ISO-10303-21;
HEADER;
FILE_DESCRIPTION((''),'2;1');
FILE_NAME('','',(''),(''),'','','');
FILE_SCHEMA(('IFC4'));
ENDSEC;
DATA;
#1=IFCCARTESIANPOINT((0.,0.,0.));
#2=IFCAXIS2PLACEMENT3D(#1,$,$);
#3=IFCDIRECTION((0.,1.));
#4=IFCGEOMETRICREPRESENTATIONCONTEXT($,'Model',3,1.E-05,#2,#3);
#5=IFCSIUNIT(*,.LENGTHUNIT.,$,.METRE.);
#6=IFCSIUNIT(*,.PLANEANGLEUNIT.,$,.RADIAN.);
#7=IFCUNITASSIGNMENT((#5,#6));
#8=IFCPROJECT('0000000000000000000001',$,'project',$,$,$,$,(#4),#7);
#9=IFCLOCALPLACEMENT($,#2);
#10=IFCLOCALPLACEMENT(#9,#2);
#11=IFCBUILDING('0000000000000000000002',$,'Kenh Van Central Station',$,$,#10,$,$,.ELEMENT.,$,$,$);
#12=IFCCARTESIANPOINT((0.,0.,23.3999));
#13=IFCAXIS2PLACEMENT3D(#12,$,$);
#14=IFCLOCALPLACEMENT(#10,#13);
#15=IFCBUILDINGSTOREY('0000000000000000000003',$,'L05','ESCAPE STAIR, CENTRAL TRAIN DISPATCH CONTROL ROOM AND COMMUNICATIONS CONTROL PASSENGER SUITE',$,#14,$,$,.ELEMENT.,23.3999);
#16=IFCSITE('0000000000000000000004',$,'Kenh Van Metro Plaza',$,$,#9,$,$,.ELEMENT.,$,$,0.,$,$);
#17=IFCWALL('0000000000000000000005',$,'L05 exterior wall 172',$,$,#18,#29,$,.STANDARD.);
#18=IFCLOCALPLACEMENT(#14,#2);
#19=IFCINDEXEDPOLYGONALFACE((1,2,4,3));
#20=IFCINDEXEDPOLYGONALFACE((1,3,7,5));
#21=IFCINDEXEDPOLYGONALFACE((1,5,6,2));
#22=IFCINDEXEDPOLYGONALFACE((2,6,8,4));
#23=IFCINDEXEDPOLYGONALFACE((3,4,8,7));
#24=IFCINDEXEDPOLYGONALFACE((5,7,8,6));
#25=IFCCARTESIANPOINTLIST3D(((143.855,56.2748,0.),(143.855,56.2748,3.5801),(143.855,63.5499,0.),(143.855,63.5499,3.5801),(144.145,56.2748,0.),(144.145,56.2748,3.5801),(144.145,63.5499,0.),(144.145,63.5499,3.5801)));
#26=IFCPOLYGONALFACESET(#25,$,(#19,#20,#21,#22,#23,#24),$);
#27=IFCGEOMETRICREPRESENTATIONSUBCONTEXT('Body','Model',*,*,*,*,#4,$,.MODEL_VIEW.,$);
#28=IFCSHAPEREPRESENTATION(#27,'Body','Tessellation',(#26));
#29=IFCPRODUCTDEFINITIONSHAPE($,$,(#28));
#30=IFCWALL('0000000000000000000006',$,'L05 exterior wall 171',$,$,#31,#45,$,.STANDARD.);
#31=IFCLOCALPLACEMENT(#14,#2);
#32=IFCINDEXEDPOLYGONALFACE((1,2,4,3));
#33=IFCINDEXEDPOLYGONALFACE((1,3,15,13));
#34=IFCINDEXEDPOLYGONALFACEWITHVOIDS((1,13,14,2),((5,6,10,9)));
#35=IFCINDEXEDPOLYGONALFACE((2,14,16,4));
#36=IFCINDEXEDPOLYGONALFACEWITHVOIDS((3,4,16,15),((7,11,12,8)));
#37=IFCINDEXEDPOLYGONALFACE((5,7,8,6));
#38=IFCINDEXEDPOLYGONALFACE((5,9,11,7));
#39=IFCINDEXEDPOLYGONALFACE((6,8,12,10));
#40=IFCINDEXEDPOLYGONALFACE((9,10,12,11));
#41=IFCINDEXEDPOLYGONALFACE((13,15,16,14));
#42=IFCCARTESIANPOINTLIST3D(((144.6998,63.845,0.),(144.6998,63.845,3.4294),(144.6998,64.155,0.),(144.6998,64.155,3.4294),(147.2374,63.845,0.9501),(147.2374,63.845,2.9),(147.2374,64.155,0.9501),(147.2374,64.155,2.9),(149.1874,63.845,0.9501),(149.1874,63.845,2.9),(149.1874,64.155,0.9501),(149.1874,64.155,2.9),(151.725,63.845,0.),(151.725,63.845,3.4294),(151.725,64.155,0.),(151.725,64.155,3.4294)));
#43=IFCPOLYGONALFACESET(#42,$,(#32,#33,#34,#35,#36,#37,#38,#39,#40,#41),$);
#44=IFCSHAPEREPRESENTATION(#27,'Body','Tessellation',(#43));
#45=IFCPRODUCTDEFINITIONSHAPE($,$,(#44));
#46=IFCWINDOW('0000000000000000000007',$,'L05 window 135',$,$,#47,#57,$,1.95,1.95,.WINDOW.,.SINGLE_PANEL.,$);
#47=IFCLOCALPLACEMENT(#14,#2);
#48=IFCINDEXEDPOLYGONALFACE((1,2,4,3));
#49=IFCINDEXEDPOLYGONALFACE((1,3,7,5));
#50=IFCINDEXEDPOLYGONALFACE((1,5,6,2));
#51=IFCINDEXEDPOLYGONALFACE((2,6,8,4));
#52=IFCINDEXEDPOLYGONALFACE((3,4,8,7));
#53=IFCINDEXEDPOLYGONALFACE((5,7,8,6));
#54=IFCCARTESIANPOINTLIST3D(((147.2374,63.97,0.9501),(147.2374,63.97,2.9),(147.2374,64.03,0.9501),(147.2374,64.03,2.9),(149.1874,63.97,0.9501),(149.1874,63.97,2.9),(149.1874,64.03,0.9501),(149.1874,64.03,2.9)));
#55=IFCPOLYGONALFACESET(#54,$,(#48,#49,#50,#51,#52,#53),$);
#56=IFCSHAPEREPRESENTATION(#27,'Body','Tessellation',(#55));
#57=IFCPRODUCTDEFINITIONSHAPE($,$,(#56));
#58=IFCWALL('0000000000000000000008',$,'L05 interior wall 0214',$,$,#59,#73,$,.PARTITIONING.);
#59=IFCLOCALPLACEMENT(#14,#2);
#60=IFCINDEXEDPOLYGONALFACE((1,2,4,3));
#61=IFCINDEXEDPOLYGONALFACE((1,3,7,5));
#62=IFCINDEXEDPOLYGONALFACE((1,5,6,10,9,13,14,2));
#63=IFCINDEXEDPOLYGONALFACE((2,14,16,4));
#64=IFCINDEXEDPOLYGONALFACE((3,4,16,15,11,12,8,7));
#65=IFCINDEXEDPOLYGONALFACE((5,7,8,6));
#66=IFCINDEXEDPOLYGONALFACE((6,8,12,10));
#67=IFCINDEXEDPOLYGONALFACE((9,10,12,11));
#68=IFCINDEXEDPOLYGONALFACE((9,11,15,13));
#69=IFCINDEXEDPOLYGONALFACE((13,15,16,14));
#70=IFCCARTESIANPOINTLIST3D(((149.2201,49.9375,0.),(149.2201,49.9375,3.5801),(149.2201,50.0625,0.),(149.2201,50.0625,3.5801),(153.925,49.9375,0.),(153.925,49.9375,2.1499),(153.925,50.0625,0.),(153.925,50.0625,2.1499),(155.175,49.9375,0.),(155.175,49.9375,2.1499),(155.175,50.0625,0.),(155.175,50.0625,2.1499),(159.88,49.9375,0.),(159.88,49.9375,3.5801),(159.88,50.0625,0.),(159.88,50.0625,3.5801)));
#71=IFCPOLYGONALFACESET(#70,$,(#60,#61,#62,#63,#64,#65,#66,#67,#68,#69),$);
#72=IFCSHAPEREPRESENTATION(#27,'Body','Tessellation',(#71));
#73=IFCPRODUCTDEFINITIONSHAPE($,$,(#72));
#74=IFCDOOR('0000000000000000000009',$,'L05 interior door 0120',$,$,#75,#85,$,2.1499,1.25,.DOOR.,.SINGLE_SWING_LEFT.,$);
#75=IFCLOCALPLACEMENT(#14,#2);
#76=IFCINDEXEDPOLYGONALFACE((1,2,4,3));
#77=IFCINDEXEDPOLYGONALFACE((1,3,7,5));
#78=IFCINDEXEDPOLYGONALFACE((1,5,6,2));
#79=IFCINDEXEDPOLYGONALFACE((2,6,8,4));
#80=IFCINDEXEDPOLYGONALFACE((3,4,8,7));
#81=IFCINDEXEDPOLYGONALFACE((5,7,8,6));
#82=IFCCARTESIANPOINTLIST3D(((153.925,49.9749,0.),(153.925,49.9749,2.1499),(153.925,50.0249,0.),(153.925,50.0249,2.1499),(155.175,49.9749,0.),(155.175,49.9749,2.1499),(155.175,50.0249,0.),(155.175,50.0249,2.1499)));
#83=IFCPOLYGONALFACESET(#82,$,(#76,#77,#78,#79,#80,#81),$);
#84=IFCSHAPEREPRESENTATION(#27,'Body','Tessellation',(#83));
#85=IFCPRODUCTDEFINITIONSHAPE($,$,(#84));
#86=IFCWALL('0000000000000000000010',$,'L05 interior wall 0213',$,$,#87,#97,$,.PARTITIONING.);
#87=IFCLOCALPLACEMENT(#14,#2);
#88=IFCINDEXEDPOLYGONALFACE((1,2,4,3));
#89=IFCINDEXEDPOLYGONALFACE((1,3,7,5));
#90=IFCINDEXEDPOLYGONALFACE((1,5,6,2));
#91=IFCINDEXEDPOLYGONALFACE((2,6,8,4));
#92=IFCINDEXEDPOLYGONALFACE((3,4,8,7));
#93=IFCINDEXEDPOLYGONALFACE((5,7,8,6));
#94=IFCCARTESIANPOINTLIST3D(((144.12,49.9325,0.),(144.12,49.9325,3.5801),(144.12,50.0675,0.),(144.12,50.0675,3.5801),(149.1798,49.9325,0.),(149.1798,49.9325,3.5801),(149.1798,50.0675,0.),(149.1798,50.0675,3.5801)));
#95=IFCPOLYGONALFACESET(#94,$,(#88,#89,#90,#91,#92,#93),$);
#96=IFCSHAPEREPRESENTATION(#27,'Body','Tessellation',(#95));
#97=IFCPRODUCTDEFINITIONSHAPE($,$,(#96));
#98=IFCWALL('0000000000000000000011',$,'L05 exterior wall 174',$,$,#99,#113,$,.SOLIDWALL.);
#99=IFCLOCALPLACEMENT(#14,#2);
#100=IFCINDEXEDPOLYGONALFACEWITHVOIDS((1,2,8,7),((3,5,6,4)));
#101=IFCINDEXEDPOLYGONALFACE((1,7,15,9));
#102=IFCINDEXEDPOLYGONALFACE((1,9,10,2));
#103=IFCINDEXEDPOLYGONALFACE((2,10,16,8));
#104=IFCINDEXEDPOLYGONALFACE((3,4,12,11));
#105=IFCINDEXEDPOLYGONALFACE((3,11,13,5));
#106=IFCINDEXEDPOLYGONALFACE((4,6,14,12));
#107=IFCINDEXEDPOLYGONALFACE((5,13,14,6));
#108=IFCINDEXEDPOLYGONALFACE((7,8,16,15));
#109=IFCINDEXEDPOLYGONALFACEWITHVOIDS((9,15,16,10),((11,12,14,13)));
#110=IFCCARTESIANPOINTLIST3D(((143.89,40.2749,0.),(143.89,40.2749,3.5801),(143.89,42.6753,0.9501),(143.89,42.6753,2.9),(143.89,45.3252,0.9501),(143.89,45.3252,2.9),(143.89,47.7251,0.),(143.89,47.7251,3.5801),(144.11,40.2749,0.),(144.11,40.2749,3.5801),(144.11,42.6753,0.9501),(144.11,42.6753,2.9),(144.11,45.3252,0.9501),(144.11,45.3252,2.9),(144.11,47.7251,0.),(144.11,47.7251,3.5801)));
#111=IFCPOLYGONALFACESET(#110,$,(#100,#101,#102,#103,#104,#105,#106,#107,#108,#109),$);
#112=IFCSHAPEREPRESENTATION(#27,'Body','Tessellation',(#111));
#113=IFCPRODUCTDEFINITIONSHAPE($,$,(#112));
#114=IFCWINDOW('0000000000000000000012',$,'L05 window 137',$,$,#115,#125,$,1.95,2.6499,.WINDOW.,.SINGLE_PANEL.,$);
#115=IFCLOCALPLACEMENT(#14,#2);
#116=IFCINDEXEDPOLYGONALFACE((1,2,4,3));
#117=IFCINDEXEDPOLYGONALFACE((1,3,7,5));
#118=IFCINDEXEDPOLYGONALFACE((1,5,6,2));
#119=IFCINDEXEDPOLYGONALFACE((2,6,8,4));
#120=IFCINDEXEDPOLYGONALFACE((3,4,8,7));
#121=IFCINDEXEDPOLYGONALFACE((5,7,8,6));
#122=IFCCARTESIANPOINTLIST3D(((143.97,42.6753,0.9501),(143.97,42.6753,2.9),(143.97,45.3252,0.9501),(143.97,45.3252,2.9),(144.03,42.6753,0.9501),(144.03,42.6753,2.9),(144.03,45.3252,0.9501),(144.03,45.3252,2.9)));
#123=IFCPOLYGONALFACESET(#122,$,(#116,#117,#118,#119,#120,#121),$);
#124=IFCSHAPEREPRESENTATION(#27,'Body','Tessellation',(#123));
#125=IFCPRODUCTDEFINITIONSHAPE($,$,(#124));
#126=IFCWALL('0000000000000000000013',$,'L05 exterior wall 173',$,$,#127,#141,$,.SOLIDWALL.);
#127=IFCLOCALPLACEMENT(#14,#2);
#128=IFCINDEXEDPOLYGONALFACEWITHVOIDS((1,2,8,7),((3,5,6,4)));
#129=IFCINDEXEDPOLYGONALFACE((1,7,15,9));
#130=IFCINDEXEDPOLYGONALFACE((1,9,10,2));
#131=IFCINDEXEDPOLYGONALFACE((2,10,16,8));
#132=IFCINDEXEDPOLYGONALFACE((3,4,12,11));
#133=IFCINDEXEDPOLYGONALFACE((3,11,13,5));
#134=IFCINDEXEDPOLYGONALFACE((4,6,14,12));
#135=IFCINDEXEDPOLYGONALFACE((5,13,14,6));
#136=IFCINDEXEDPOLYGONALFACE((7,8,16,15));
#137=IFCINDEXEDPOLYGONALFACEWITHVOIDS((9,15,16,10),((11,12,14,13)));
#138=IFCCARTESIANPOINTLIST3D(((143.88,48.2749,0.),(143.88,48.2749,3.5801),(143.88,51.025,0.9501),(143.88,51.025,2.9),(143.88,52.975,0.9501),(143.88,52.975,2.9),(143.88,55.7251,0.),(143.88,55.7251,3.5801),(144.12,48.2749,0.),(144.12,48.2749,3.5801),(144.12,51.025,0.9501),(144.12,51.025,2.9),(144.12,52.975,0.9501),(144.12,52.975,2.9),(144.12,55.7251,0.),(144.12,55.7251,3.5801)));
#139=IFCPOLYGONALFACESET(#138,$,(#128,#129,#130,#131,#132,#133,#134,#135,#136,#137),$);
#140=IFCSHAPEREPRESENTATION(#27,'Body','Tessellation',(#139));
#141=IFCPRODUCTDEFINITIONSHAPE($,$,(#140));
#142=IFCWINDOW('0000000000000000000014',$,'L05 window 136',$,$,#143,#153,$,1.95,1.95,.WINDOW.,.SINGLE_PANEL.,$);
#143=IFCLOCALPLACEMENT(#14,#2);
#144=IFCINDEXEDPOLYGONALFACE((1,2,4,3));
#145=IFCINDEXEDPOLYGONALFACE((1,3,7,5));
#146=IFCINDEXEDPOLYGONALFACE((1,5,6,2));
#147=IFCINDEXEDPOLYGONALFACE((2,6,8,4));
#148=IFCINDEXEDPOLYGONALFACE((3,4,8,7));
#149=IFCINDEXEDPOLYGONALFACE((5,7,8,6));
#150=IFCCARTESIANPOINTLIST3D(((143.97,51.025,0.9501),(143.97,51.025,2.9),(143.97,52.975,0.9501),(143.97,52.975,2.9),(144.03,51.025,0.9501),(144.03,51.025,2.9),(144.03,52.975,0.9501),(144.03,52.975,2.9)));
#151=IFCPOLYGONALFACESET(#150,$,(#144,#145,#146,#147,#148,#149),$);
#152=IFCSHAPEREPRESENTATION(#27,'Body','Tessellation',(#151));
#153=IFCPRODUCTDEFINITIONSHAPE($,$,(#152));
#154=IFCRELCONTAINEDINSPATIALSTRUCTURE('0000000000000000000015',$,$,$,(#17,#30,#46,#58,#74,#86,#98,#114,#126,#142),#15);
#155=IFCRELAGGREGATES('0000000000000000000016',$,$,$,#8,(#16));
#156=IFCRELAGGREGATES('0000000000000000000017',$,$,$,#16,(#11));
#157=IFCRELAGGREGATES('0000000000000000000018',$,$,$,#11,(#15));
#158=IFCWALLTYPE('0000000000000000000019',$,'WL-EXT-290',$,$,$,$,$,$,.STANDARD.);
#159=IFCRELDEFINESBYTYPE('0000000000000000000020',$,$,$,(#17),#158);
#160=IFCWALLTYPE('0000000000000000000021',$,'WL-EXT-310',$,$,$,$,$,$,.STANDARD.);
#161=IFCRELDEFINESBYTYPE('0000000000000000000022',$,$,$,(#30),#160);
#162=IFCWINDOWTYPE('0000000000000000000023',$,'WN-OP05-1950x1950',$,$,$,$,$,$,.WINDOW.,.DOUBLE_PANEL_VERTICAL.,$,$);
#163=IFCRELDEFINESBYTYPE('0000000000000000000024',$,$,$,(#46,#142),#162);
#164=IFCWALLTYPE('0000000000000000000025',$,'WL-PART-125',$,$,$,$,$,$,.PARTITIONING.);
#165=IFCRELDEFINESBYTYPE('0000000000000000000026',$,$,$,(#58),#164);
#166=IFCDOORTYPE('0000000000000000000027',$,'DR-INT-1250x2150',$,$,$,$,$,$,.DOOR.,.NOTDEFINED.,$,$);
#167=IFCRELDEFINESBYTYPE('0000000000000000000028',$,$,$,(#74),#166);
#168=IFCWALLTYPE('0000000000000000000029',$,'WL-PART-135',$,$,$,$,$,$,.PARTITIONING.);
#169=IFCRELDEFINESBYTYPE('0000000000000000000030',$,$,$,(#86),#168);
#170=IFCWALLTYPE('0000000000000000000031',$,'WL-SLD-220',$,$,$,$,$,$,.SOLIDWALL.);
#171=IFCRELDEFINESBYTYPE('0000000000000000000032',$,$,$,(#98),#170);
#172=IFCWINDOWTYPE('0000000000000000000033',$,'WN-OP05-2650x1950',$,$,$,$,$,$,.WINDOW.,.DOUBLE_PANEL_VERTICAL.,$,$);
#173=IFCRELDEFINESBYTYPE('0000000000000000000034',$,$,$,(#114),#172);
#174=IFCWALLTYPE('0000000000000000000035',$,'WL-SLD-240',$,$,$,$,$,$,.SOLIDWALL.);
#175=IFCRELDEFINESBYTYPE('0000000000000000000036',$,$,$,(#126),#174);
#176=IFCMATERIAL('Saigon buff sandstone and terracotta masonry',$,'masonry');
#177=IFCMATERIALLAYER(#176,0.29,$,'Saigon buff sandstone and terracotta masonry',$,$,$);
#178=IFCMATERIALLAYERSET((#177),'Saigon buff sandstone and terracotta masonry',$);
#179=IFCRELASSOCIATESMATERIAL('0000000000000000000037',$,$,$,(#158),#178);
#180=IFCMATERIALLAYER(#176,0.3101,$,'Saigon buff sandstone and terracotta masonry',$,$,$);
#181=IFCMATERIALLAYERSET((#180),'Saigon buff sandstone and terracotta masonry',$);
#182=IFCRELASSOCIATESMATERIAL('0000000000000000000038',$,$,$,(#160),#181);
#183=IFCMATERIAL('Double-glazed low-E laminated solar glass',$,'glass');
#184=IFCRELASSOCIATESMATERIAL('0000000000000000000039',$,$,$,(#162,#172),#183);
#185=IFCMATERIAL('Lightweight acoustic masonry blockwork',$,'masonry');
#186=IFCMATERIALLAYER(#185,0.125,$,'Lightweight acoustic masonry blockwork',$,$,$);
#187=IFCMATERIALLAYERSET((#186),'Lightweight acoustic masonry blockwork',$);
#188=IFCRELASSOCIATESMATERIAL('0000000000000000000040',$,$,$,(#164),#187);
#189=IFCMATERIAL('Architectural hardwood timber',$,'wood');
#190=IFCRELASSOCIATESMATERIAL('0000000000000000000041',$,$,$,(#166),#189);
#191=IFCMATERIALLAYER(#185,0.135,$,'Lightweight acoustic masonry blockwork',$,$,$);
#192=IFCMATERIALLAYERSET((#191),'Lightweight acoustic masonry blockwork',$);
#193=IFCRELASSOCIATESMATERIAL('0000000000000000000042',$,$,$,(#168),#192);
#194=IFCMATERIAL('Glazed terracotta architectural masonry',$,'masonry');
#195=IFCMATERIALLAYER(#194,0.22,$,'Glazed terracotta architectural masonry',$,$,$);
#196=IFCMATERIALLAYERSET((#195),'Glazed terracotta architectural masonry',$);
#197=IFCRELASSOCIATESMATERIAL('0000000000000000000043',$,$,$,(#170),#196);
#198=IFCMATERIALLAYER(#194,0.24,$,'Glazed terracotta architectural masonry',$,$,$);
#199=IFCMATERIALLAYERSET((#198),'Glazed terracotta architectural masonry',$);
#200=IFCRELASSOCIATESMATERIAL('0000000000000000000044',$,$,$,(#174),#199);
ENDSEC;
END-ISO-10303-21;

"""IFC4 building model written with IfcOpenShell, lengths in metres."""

from ifc_helpers import new_model, si_unit, direction, frame, frame_2d, origin, place, context, subcontext, project, spatial, rectangle, extrude, material, layer, layer_set, type_object, element, fill, save


model = new_model("IFC4")

# Units and contexts
model_context = context("Model", 3, precision=1e-05, world=origin(), true_north=direction((0.0, 1.0)))
body_context = subcontext(model_context, "Body", "Model", "MODEL_VIEW")
ifc_project = project(units=[si_unit("LENGTHUNIT", "METRE"), si_unit("PLANEANGLEUNIT", "RADIAN")], contexts=[model_context])

# Site, building, storey
site_placement = place(None, origin())
site = spatial("IfcSite", under=ifc_project, at=site_placement, Name="Kenh Van Metro Plaza", CompositionType="ELEMENT", RefElevation=0.0)
building_placement = place(site_placement, origin())
building = spatial("IfcBuilding", under=site, at=building_placement, Name="Kenh Van Central Station", CompositionType="ELEMENT")
storey_placement = place(building_placement, frame((0.0, 0.0, 23.3999)))
storey = spatial("IfcBuildingStorey", under=building, at=storey_placement, Name="L05", Description="ESCAPE STAIR, CENTRAL TRAIN DISPATCH CONTROL ROOM AND COMMUNICATIONS CONTROL PASSENGER SUITE", CompositionType="ELEMENT", Elevation=23.3999)

# Wall
ifc_material_1 = material(Name="Saigon buff sandstone and terracotta masonry", Category="masonry")
ifc_layer_1 = layer(ifc_material_1, 0.29, Name="Saigon buff sandstone and terracotta masonry")
ifc_layer_set_1 = layer_set([ifc_layer_1], Name="Saigon buff sandstone and terracotta masonry")
wall_type_1 = type_object("IfcWallType", Name="WL-EXT-290", PredefinedType="STANDARD", material=ifc_layer_set_1)
wall_1_placement = place(storey_placement, frame((144.0, 63.55, 0.0), z_axis=(0.0, 0.0, 1.0), x_axis=(0.0, -1.0, 0.0)))
element("IfcWall", 1, at=wall_1_placement, inside=storey, type_object=wall_type_1, Name="L05 exterior wall 172", PredefinedType="STANDARD", context=body_context, shape_type="SweptSolid", body=[
    extrude(rectangle(XDim=7.2751, YDim=0.29, at=frame_2d((3.6377, 0.0))), origin(), (0.0, 0.0, 1.0), 3.5801),
])

# Wall, opening, window
ifc_layer_2 = layer(ifc_material_1, 0.3101, Name="Saigon buff sandstone and terracotta masonry")
ifc_layer_set_2 = layer_set([ifc_layer_2], Name="Saigon buff sandstone and terracotta masonry")
wall_type_2 = type_object("IfcWallType", Name="WL-EXT-310", PredefinedType="STANDARD", material=ifc_layer_set_2)
wall_2_placement = place(storey_placement, frame((151.7251, 64.0, 0.0), z_axis=(0.0, 0.0, 1.0), x_axis=(-1.0, 0.0, 0.0)))
wall_2 = element("IfcWall", 2, at=wall_2_placement, inside=storey, type_object=wall_type_2, Name="L05 exterior wall 171", PredefinedType="STANDARD", context=body_context, shape_type="SweptSolid", body=[
    extrude(rectangle(XDim=7.0251, YDim=0.3101, at=frame_2d((3.5127, 0.0))), origin(), (0.0, 0.0, 1.0), 3.4294),
])
opening_1_placement = place(wall_2_placement, frame((2.5376, 0.0, 0.95)))
opening_1 = element("IfcOpeningElement", 3, at=opening_1_placement, cuts=wall_2, PredefinedType="OPENING", context=body_context, shape_type="SweptSolid", body=[
    extrude(rectangle(XDim=1.95, YDim=1.95, at=frame_2d((0.9751, 0.9751))), frame((0.0, 0.165, 0.0), z_axis=(0.0, -1.0, 0.0), x_axis=(1.0, 0.0, 0.0)), (0.0, 0.0, 1.0), 0.3301),
])
ifc_material_2 = material(Name="Double-glazed low-E laminated solar glass", Category="glass")
window_type_1 = type_object("IfcWindowType", Name="WN-OP05-1950x1950", PartitioningType="DOUBLE_PANEL_VERTICAL", PredefinedType="WINDOW", material=ifc_material_2)
window_1_placement = place(opening_1_placement, origin())
window_1 = element("IfcWindow", 4, at=window_1_placement, inside=storey, type_object=window_type_1, Name="L05 window 135", OverallHeight=1.95, OverallWidth=1.95, PartitioningType="SINGLE_PANEL", PredefinedType="WINDOW", context=body_context, shape_type="SweptSolid", body=[
    extrude(rectangle(XDim=1.95, YDim=1.95, at=frame_2d((0.9751, 0.9751))), frame((0.0, 0.03, 0.0), z_axis=(0.0, -1.0, 0.0), x_axis=(1.0, 0.0, 0.0)), (0.0, 0.0, 1.0), 0.0601),
])
fill(opening_1, window_1)

# Wall, opening, door
ifc_material_3 = material(Name="Lightweight acoustic masonry blockwork", Category="masonry")
ifc_layer_3 = layer(ifc_material_3, 0.125, Name="Lightweight acoustic masonry blockwork")
ifc_layer_set_3 = layer_set([ifc_layer_3], Name="Lightweight acoustic masonry blockwork")
wall_type_3 = type_object("IfcWallType", Name="WL-PART-125", PredefinedType="PARTITIONING", material=ifc_layer_set_3)
wall_3_placement = place(storey_placement, frame((149.22, 50.0, 0.0), z_axis=(0.0, 0.0, 1.0), x_axis=(1.0, 0.0, 0.0)))
wall_3 = element("IfcWall", 5, at=wall_3_placement, inside=storey, type_object=wall_type_3, Name="L05 interior wall 0214", PredefinedType="PARTITIONING", context=body_context, shape_type="SweptSolid", body=[
    extrude(rectangle(XDim=10.6599, YDim=0.125, at=frame_2d((5.3301, 0.0))), origin(), (0.0, 0.0, 1.0), 3.5801),
])
opening_2_placement = place(wall_3_placement, frame((4.7051, 0.0, 0.0)))
opening_2 = element("IfcOpeningElement", 6, at=opening_2_placement, cuts=wall_3, PredefinedType="OPENING", context=body_context, shape_type="SweptSolid", body=[
    extrude(rectangle(XDim=1.25, YDim=2.1499, at=frame_2d((0.625, 1.075))), frame((0.0, 0.0725, 0.0), z_axis=(0.0, -1.0, 0.0), x_axis=(1.0, 0.0, 0.0)), (0.0, 0.0, 1.0), 0.145),
])
ifc_material_4 = material(Name="Architectural hardwood timber", Category="wood")
door_type = type_object("IfcDoorType", Name="DR-INT-1250x2150", OperationType="NOTDEFINED", PredefinedType="DOOR", material=ifc_material_4)
door_placement = place(opening_2_placement, origin())
door = element("IfcDoor", 7, at=door_placement, inside=storey, type_object=door_type, Name="L05 interior door 0120", OperationType="SINGLE_SWING_LEFT", OverallHeight=2.1499, OverallWidth=1.25, PredefinedType="DOOR", context=body_context, shape_type="SweptSolid", body=[
    extrude(rectangle(XDim=1.25, YDim=2.1499, at=frame_2d((0.625, 1.075))), frame((0.0, 0.0249, 0.0), z_axis=(0.0, -1.0, 0.0), x_axis=(1.0, 0.0, 0.0)), (0.0, 0.0, 1.0), 0.05),
])
fill(opening_2, door)

# Wall
ifc_layer_4 = layer(ifc_material_3, 0.135, Name="Lightweight acoustic masonry blockwork")
ifc_layer_set_4 = layer_set([ifc_layer_4], Name="Lightweight acoustic masonry blockwork")
wall_type_4 = type_object("IfcWallType", Name="WL-PART-135", PredefinedType="PARTITIONING", material=ifc_layer_set_4)
wall_4_placement = place(storey_placement, frame((144.1201, 50.0, 0.0), z_axis=(0.0, 0.0, 1.0), x_axis=(1.0, 0.0, 0.0)))
element("IfcWall", 8, at=wall_4_placement, inside=storey, type_object=wall_type_4, Name="L05 interior wall 0213", PredefinedType="PARTITIONING", context=body_context, shape_type="SweptSolid", body=[
    extrude(rectangle(XDim=5.0598, YDim=0.135, at=frame_2d((2.5298, 0.0))), origin(), (0.0, 0.0, 1.0), 3.5801),
])

# Walls, openings, windows
ifc_material_5 = material(Name="Glazed terracotta architectural masonry", Category="masonry")
ifc_layer_5 = layer(ifc_material_5, 0.22, Name="Glazed terracotta architectural masonry")
ifc_layer_set_5 = layer_set([ifc_layer_5], Name="Glazed terracotta architectural masonry")
wall_type_5 = type_object("IfcWallType", Name="WL-SLD-220", PredefinedType="SOLIDWALL", material=ifc_layer_set_5)
wall_5_placement = place(storey_placement, frame((144.0, 47.7251, 0.0), z_axis=(0.0, 0.0, 1.0), x_axis=(0.0, -1.0, 0.0)))
wall_5 = element("IfcWall", 9, at=wall_5_placement, inside=storey, type_object=wall_type_5, Name="L05 exterior wall 174", PredefinedType="SOLIDWALL", context=body_context, shape_type="SweptSolid", body=[
    extrude(rectangle(XDim=7.4502, YDim=0.22, at=frame_2d((3.7251, 0.0))), origin(), (0.0, 0.0, 1.0), 3.5801),
])
opening_3_placement = place(wall_5_placement, frame((2.3999, 0.0, 0.95)))
opening_3 = element("IfcOpeningElement", 10, at=opening_3_placement, cuts=wall_5, PredefinedType="OPENING", context=body_context, shape_type="SweptSolid", body=[
    extrude(rectangle(XDim=2.6499, YDim=1.95, at=frame_2d((1.325, 0.9751))), frame((0.0, 0.1199, 0.0), z_axis=(0.0, -1.0, 0.0), x_axis=(1.0, 0.0, 0.0)), (0.0, 0.0, 1.0), 0.24),
])
window_type_2 = type_object("IfcWindowType", Name="WN-OP05-2650x1950", PartitioningType="DOUBLE_PANEL_VERTICAL", PredefinedType="WINDOW", material=ifc_material_2)
window_2_placement = place(opening_3_placement, origin())
window_2 = element("IfcWindow", 11, at=window_2_placement, inside=storey, type_object=window_type_2, Name="L05 window 137", OverallHeight=1.95, OverallWidth=2.6499, PartitioningType="SINGLE_PANEL", PredefinedType="WINDOW", context=body_context, shape_type="SweptSolid", body=[
    extrude(rectangle(XDim=2.6499, YDim=1.95, at=frame_2d((1.325, 0.9751))), frame((0.0, 0.03, 0.0), z_axis=(0.0, -1.0, 0.0), x_axis=(1.0, 0.0, 0.0)), (0.0, 0.0, 1.0), 0.0601),
])
fill(opening_3, window_2)
ifc_layer_6 = layer(ifc_material_5, 0.24, Name="Glazed terracotta architectural masonry")
ifc_layer_set_6 = layer_set([ifc_layer_6], Name="Glazed terracotta architectural masonry")
wall_type_6 = type_object("IfcWallType", Name="WL-SLD-240", PredefinedType="SOLIDWALL", material=ifc_layer_set_6)
wall_6_placement = place(storey_placement, frame((144.0, 55.7251, 0.0), z_axis=(0.0, 0.0, 1.0), x_axis=(0.0, -1.0, 0.0)))
wall_6 = element("IfcWall", 12, at=wall_6_placement, inside=storey, type_object=wall_type_6, Name="L05 exterior wall 173", PredefinedType="SOLIDWALL", context=body_context, shape_type="SweptSolid", body=[
    extrude(rectangle(XDim=7.4502, YDim=0.24, at=frame_2d((3.7251, 0.0))), origin(), (0.0, 0.0, 1.0), 3.5801),
])
opening_4_placement = place(wall_6_placement, frame((2.75, 0.0, 0.95)))
opening_4 = element("IfcOpeningElement", 13, at=opening_4_placement, cuts=wall_6, PredefinedType="OPENING", context=body_context, shape_type="SweptSolid", body=[
    extrude(rectangle(XDim=1.95, YDim=1.95, at=frame_2d((0.9751, 0.9751))), frame((0.0, 0.1299, 0.0), z_axis=(0.0, -1.0, 0.0), x_axis=(1.0, 0.0, 0.0)), (0.0, 0.0, 1.0), 0.26),
])
window_3_placement = place(opening_4_placement, origin())
window_3 = element("IfcWindow", 14, at=window_3_placement, inside=storey, type_object=window_type_1, Name="L05 window 136", OverallHeight=1.95, OverallWidth=1.95, PartitioningType="SINGLE_PANEL", PredefinedType="WINDOW", context=body_context, shape_type="SweptSolid", body=[
    extrude(rectangle(XDim=1.95, YDim=1.95, at=frame_2d((0.9751, 0.9751))), frame((0.0, 0.03, 0.0), z_axis=(0.0, -1.0, 0.0), x_axis=(1.0, 0.0, 0.0)), (0.0, 0.0, 1.0), 0.0601),
])
fill(opening_4, window_3)

save(model, "model.ifc")
